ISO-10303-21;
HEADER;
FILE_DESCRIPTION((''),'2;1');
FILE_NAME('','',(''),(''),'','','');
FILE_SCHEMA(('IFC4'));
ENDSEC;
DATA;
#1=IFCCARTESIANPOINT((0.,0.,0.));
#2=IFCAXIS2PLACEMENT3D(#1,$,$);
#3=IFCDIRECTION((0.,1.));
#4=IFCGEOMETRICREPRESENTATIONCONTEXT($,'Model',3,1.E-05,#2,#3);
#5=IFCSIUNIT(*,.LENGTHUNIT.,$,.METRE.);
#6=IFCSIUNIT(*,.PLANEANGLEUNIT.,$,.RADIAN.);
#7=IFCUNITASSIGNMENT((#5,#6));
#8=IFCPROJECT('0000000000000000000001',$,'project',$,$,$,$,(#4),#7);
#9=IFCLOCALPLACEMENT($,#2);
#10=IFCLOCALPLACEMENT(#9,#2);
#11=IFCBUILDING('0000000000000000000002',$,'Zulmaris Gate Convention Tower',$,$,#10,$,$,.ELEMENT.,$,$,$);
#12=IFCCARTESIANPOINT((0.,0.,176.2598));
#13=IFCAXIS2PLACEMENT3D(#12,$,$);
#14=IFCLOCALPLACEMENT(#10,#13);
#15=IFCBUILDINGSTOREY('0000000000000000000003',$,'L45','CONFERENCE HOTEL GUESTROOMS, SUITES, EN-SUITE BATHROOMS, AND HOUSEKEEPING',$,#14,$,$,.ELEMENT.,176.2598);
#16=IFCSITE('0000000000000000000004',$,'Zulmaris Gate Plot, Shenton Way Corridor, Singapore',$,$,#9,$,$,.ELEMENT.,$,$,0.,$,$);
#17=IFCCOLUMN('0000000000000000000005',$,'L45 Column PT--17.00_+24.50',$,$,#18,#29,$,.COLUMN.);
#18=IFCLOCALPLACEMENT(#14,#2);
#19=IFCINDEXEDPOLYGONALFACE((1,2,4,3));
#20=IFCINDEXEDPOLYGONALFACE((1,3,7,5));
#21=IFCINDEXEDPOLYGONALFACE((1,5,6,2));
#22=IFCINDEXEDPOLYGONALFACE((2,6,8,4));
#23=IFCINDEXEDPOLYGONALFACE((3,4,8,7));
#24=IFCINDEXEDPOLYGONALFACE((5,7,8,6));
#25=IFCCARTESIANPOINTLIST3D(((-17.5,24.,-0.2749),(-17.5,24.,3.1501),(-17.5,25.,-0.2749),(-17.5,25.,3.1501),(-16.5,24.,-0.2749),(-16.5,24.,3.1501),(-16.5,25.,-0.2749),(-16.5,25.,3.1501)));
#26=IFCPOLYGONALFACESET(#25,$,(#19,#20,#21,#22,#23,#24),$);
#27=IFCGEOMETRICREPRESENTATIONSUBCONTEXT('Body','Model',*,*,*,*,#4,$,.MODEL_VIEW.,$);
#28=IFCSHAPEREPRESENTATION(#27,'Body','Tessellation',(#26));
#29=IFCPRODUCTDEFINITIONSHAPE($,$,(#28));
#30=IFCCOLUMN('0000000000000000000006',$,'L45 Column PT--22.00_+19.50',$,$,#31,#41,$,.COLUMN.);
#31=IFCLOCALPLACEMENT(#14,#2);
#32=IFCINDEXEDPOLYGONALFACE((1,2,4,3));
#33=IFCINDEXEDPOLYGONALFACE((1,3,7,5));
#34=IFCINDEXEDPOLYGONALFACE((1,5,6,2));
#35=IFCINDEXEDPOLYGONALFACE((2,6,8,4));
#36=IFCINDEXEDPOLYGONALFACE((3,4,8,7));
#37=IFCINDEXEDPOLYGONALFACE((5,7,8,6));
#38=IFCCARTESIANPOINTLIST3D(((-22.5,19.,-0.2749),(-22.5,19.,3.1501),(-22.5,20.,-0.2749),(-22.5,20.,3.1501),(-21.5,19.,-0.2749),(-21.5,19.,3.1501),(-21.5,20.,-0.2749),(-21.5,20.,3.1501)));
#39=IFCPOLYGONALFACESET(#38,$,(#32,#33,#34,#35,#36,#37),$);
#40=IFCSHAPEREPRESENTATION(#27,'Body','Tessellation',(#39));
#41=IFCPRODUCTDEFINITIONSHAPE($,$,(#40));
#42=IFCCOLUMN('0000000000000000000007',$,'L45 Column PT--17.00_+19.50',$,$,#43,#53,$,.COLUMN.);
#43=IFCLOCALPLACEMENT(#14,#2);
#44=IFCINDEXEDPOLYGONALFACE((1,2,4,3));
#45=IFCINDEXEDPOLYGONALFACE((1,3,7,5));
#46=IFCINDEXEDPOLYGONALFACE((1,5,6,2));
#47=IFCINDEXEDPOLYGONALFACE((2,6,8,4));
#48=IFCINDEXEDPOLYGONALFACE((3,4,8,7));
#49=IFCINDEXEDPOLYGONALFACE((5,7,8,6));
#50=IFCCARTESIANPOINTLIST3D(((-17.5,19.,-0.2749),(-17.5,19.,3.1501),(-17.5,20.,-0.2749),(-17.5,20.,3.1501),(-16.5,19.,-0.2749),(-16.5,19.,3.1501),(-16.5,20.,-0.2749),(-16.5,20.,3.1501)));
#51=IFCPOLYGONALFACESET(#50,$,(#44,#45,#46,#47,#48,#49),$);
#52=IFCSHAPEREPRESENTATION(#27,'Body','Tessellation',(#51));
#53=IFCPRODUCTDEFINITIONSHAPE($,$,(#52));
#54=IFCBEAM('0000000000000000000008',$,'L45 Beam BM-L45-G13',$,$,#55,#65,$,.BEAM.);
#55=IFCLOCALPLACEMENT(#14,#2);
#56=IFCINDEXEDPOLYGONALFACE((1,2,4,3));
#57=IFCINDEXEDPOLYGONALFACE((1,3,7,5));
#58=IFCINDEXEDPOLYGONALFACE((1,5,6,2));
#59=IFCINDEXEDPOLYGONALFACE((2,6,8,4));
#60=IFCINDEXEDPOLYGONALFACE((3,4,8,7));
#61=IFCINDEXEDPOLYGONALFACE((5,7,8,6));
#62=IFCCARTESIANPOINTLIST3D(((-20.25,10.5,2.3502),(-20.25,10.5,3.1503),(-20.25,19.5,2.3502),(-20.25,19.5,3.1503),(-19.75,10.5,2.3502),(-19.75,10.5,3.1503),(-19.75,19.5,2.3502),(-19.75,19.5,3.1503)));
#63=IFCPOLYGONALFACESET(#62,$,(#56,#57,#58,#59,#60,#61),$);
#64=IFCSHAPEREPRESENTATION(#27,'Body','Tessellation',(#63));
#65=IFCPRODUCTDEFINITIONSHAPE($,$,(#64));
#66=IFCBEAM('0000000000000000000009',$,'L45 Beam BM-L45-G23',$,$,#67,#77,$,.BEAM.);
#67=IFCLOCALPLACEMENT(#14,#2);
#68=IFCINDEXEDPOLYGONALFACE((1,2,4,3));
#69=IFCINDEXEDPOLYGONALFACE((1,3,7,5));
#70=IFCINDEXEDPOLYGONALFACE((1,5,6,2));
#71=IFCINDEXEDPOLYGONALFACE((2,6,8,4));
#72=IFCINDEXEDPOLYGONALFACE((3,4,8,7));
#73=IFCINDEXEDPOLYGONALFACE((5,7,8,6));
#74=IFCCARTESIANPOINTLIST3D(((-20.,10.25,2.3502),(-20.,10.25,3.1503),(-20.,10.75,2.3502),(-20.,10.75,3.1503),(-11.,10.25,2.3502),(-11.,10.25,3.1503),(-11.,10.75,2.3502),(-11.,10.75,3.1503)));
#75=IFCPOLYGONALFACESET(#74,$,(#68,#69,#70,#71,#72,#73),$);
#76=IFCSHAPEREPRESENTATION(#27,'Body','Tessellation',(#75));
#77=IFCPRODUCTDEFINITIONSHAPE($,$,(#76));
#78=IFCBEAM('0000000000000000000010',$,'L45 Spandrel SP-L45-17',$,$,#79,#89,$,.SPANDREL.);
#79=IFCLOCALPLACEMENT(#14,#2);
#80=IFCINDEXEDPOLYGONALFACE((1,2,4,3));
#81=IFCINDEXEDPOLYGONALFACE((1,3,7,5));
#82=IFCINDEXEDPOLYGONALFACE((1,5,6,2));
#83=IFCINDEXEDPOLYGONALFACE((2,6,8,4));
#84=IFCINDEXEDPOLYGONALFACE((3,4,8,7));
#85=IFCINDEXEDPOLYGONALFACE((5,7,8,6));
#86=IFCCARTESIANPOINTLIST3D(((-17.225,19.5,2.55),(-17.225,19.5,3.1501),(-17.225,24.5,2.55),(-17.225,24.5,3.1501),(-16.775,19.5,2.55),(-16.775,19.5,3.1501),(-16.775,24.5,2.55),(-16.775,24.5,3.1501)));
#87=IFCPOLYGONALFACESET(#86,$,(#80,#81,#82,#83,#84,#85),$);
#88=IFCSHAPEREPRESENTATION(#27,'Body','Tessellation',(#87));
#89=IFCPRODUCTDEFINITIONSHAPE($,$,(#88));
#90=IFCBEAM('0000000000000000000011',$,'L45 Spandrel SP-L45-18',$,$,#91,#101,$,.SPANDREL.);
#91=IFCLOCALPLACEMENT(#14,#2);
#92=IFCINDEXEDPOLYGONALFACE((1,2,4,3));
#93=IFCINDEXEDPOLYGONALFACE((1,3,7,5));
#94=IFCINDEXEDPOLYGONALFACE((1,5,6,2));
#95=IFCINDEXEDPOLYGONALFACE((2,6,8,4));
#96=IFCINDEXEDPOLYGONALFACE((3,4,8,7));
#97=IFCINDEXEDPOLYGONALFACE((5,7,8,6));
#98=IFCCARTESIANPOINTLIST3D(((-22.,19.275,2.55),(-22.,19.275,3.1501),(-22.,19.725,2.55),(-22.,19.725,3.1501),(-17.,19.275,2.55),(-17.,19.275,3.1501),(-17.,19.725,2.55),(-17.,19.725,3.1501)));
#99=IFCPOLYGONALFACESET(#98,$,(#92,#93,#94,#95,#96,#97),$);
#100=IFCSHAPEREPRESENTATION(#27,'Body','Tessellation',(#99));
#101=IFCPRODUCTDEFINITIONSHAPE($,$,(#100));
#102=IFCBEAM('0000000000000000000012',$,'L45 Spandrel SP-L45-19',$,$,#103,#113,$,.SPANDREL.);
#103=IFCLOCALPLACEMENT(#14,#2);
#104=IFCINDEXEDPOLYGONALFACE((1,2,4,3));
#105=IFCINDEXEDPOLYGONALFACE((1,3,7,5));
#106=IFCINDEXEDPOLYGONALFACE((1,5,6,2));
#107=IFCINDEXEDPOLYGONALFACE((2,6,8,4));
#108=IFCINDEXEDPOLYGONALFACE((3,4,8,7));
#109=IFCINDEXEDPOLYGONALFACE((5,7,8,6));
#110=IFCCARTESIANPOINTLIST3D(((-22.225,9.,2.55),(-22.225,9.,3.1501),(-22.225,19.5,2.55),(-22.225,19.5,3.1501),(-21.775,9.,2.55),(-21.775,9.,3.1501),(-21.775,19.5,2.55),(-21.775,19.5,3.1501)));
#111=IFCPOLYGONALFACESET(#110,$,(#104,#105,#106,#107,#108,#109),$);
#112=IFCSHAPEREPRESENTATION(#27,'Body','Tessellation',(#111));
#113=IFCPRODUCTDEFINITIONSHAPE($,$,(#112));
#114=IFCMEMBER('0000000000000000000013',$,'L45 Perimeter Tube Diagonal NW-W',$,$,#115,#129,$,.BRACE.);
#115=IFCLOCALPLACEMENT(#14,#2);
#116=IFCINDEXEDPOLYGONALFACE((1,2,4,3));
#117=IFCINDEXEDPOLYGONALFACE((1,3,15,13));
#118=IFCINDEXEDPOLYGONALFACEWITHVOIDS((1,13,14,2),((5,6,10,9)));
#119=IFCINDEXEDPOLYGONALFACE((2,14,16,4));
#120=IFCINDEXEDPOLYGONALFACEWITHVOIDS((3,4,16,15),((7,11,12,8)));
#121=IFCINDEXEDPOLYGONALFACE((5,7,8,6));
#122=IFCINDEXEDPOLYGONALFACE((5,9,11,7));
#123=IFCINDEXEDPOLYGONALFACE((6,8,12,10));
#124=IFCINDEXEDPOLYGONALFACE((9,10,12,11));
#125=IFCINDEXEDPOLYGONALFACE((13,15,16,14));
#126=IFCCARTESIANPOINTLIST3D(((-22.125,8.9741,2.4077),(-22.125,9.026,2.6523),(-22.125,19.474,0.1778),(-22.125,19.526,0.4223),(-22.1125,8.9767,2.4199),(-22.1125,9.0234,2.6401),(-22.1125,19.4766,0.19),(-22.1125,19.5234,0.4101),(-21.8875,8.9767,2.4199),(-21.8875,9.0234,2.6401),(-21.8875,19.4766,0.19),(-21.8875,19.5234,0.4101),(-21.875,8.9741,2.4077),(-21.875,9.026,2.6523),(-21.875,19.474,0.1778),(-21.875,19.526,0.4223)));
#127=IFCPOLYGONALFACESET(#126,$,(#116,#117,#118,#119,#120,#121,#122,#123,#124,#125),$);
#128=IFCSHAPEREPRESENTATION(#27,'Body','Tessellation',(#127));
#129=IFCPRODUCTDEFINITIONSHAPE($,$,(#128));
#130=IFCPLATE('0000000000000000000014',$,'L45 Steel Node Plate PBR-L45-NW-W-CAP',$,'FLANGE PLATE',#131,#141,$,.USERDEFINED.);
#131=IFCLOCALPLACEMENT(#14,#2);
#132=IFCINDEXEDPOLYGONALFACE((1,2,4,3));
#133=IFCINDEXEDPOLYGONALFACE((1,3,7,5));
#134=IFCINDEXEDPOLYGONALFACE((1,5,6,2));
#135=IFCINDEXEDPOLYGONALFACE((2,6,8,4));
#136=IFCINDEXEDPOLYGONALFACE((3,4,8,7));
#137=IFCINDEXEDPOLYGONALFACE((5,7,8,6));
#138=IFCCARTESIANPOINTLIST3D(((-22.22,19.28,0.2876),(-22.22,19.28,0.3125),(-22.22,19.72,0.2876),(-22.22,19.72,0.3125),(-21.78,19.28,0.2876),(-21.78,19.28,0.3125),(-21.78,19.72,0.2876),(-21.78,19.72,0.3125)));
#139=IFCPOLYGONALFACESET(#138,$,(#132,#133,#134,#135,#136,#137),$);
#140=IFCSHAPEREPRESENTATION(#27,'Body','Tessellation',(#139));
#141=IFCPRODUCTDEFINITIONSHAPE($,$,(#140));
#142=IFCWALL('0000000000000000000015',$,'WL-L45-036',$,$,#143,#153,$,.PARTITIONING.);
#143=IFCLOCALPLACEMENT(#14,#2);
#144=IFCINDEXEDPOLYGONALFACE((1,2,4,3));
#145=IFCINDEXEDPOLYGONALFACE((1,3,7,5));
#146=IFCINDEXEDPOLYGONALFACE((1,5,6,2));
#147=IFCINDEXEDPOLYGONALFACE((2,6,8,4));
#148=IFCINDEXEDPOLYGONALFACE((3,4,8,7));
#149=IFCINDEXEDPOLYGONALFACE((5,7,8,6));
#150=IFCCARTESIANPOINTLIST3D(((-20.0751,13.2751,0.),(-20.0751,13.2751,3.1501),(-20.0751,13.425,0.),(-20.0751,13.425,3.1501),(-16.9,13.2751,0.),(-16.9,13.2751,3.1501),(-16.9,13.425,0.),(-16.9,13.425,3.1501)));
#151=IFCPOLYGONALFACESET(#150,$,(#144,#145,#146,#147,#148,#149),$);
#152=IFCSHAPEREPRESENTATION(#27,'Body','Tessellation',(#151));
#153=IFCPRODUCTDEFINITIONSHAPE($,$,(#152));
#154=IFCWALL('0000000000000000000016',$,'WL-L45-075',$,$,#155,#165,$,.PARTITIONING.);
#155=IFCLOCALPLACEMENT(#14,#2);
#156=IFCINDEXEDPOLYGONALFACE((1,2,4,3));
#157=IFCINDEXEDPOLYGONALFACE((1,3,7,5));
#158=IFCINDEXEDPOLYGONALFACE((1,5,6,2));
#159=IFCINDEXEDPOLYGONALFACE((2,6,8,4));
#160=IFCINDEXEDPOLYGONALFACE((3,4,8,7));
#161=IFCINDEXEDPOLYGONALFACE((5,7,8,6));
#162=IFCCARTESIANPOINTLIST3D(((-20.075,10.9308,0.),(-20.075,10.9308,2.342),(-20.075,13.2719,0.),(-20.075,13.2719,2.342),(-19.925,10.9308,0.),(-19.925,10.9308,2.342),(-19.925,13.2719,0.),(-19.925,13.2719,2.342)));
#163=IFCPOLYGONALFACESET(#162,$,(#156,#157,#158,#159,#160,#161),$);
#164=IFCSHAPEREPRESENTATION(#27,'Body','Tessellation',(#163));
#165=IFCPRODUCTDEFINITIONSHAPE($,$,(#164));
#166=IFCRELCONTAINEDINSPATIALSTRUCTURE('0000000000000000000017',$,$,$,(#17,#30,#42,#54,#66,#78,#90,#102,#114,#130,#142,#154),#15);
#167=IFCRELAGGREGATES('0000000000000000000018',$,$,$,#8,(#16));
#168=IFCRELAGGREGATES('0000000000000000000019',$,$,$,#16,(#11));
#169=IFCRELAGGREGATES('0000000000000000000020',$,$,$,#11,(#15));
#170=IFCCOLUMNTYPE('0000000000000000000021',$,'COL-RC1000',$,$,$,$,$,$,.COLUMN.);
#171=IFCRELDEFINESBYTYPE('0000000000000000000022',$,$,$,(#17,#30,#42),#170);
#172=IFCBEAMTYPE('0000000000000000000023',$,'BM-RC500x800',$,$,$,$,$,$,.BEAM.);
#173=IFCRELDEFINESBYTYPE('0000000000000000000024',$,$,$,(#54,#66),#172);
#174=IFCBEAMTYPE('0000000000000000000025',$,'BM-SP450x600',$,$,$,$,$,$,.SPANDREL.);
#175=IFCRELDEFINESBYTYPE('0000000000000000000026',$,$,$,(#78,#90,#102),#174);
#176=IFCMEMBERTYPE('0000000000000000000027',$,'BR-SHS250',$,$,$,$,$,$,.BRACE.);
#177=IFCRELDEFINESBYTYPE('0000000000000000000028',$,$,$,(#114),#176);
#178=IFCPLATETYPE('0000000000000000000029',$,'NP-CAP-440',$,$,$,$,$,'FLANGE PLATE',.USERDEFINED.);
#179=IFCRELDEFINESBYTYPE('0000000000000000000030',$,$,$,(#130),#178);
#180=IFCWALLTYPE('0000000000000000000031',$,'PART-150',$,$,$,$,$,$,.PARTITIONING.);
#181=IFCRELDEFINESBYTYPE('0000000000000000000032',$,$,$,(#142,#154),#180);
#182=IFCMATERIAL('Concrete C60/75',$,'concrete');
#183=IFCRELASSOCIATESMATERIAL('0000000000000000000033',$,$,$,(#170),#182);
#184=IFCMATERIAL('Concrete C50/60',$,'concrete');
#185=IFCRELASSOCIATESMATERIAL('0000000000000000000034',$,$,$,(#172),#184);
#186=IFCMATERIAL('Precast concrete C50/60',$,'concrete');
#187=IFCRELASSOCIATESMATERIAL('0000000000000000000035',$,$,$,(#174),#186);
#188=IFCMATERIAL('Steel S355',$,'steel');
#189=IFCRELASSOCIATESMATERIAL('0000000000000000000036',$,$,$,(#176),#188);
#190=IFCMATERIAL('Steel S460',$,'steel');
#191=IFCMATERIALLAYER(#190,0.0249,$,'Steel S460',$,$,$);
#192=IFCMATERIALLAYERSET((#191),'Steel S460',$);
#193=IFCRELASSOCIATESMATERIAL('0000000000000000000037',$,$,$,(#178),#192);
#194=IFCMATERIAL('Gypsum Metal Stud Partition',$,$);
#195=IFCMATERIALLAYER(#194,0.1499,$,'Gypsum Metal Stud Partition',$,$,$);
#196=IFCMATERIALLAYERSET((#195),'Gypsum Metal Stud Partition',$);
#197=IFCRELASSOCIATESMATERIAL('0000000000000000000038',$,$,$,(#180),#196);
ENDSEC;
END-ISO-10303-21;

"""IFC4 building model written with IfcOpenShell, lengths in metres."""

from ifc_helpers import new_model, si_unit, direction, frame, frame_2d, origin, origin_2d, place, context, subcontext, project, spatial, rectangle, hollow_rectangle, extrude, material, layer, layer_set, material_profile, profile_set, type_object, element, save


model = new_model("IFC4")

# Units and contexts
model_context = context("Model", 3, precision=1e-05, world=origin(), true_north=direction((0.0, 1.0)))
body_context = subcontext(model_context, "Body", "Model", "MODEL_VIEW")
ifc_project = project(units=[si_unit("LENGTHUNIT", "METRE"), si_unit("PLANEANGLEUNIT", "RADIAN")], contexts=[model_context])

# Site, building, storey
site_placement = place(None, origin())
site = spatial("IfcSite", under=ifc_project, at=site_placement, Name="Zulmaris Gate Plot, Shenton Way Corridor, Singapore", CompositionType="ELEMENT", RefElevation=0.0)
building_placement = place(site_placement, origin())
building = spatial("IfcBuilding", under=site, at=building_placement, Name="Zulmaris Gate Convention Tower", CompositionType="ELEMENT")
storey_placement = place(building_placement, frame((0.0, 0.0, 176.2598)))
storey = spatial("IfcBuildingStorey", under=building, at=storey_placement, Name="L45", Description="CONFERENCE HOTEL GUESTROOMS, SUITES, EN-SUITE BATHROOMS, AND HOUSEKEEPING", CompositionType="ELEMENT", Elevation=176.2598)

# Columns
ifc_material_1 = material(Name="Concrete C60/75", Category="concrete")
ifc_material_profile_1 = material_profile(ifc_material_1, rectangle(XDim=1.0, YDim=1.0, at=origin_2d()), Name="RC COL 1000x1000")
ifc_profile_set_1 = profile_set([ifc_material_profile_1], Name="Concrete C60/75")
column_type = type_object("IfcColumnType", Name="COL-RC1000", PredefinedType="COLUMN", material=ifc_profile_set_1)
for number, where, z_axis, x_axis, name in (
    (1, (-17.0, 24.5, -0.2749), (0.0, 0.0, 1.0), (1.0, 0.0, 0.0), "L45 Column PT--17.00_+24.50"),
    (2, (-22.0, 19.5, -0.2749), (0.0, 0.0, 1.0), (1.0, 0.0, 0.0), "L45 Column PT--22.00_+19.50"),
    (3, (-17.0, 19.5, -0.2749), (0.0, 0.0, 1.0), (1.0, 0.0, 0.0), "L45 Column PT--17.00_+19.50"),
):
    element("IfcColumn", number, at=place(storey_placement, frame(where, z_axis=z_axis, x_axis=x_axis)), inside=storey, type_object=column_type, Name=name, PredefinedType="COLUMN", context=body_context, shape_type="SweptSolid", body=[
        extrude(rectangle(XDim=1.0, YDim=1.0, at=origin_2d()), origin(), (0.0, 0.0, 1.0), 3.425),
    ])

# Beams
ifc_material_2 = material(Name="Concrete C50/60", Category="concrete")
ifc_material_profile_2 = material_profile(ifc_material_2, rectangle(XDim=0.5, YDim=0.8, at=origin_2d()), Name="RC BEAM 500x800")
ifc_profile_set_2 = profile_set([ifc_material_profile_2], Name="Concrete C50/60")
beam_type_1 = type_object("IfcBeamType", Name="BM-RC500x800", PredefinedType="BEAM", material=ifc_profile_set_2)
for number, where, z_axis, x_axis, name in (
    (4, (-20.0, 10.5, 2.7502), (0.0, 1.0, 0.0), (-1.0, 0.0, 0.0), "L45 Beam BM-L45-G13"),
    (5, (-20.0, 10.5, 2.7502), (1.0, 0.0, 0.0), (0.0, 1.0, 0.0), "L45 Beam BM-L45-G23"),
):
    element("IfcBeam", number, at=place(storey_placement, frame(where, z_axis=z_axis, x_axis=x_axis)), inside=storey, type_object=beam_type_1, Name=name, PredefinedType="BEAM", context=body_context, shape_type="SweptSolid", body=[
        extrude(rectangle(XDim=0.5, YDim=0.8, at=origin_2d()), origin(), (0.0, 0.0, 1.0), 9.0),
    ])
ifc_material_3 = material(Name="Precast concrete C50/60", Category="concrete")
ifc_material_profile_3 = material_profile(ifc_material_3, rectangle(XDim=0.45, YDim=0.6001, at=origin_2d()), Name="RC SPANDREL 450x600")
ifc_profile_set_3 = profile_set([ifc_material_profile_3], Name="Precast concrete C50/60")
beam_type_2 = type_object("IfcBeamType", Name="BM-SP450x600", PredefinedType="SPANDREL", material=ifc_profile_set_3)
for number, where, z_axis, x_axis, name in (
    (6, (-17.0, 24.5, 2.8501), (0.0, -1.0, 0.0), (1.0, 0.0, 0.0), "L45 Spandrel SP-L45-17"),
    (7, (-17.0, 19.5, 2.8501), (-1.0, 0.0, 0.0), (0.0, -1.0, 0.0), "L45 Spandrel SP-L45-18"),
):
    element("IfcBeam", number, at=place(storey_placement, frame(where, z_axis=z_axis, x_axis=x_axis)), inside=storey, type_object=beam_type_2, Name=name, PredefinedType="SPANDREL", context=body_context, shape_type="SweptSolid", body=[
        extrude(rectangle(XDim=0.45, YDim=0.6001, at=origin_2d()), origin(), (0.0, 0.0, 1.0), 5.0),
    ])
beam_placement = place(storey_placement, frame((-22.0, 19.5, 2.8501), z_axis=(0.0, -1.0, 0.0), x_axis=(1.0, 0.0, 0.0)))
element("IfcBeam", 8, at=beam_placement, inside=storey, type_object=beam_type_2, Name="L45 Spandrel SP-L45-19", PredefinedType="SPANDREL", context=body_context, shape_type="SweptSolid", body=[
    extrude(rectangle(XDim=0.45, YDim=0.6001, at=origin_2d()), origin(), (0.0, 0.0, 1.0), 10.5),
])

# Member
ifc_material_4 = material(Name="Steel S355", Category="steel")
ifc_material_profile_4 = material_profile(ifc_material_4, hollow_rectangle(XDim=0.25, YDim=0.25, WallThickness=0.0125, at=origin_2d()), Name="SHS 250x250x12.5")
ifc_profile_set_4 = profile_set([ifc_material_profile_4], Name="Steel S355")
member_type = type_object("IfcMemberType", Name="BR-SHS250", PredefinedType="BRACE", material=ifc_profile_set_4)
member_placement = place(storey_placement, frame((-22.0, 19.5, 0.3), z_axis=(0.0, -0.978183, 0.207746), x_axis=(1.0, 0.0, 0.0)))
element("IfcMember", 9, at=member_placement, inside=storey, type_object=member_type, Name="L45 Perimeter Tube Diagonal NW-W", PredefinedType="BRACE", context=body_context, shape_type="SweptSolid", body=[
    extrude(hollow_rectangle(XDim=0.25, YDim=0.25, WallThickness=0.0125, at=origin_2d()), origin(), (0.0, 0.0, 1.0), 10.7341),
])

# Plate
ifc_material_5 = material(Name="Steel S460", Category="steel")
ifc_layer_1 = layer(ifc_material_5, 0.0249, Name="Steel S460")
ifc_layer_set_1 = layer_set([ifc_layer_1], Name="Steel S460")
plate_type = type_object("IfcPlateType", Name="NP-CAP-440", ElementType="FLANGE PLATE", PredefinedType="USERDEFINED", material=ifc_layer_set_1)
plate_placement = place(storey_placement, frame((-22.0, 19.5, 0.2876), z_axis=(0.0, 0.0, 1.0), x_axis=(1.0, 0.0, 0.0)))
element("IfcPlate", 10, at=plate_placement, inside=storey, type_object=plate_type, Name="L45 Steel Node Plate PBR-L45-NW-W-CAP", ObjectType="FLANGE PLATE", PredefinedType="USERDEFINED", context=body_context, shape_type="SweptSolid", body=[
    extrude(rectangle(XDim=0.4399, YDim=0.4399, at=origin_2d()), origin(), (0.0, 0.0, 1.0), 0.0249),
])

# Walls
ifc_material_6 = material(Name="Gypsum Metal Stud Partition")
ifc_layer_2 = layer(ifc_material_6, 0.1499, Name="Gypsum Metal Stud Partition")
ifc_layer_set_2 = layer_set([ifc_layer_2], Name="Gypsum Metal Stud Partition")
wall_type_1 = type_object("IfcWallType", Name="PART-150", PredefinedType="PARTITIONING", material=ifc_layer_set_2)
wall_1_placement = place(storey_placement, frame((-20.075, 13.3501, 0.0), z_axis=(0.0, 0.0, 1.0), x_axis=(1.0, 0.0, 0.0)))
element("IfcWall", 11, at=wall_1_placement, inside=storey, type_object=wall_type_1, Name="WL-L45-036", PredefinedType="PARTITIONING", context=body_context, shape_type="SweptSolid", body=[
    extrude(rectangle(XDim=3.175, YDim=0.1499, at=frame_2d((1.5874, 0.0))), origin(), (0.0, 0.0, 1.0), 3.1501),
])
wall_2_placement = place(storey_placement, frame((-20.0, 10.9309, 0.0), z_axis=(0.0, 0.0, 1.0), x_axis=(0.0, 1.0, 0.0)))
element("IfcWall", 12, at=wall_2_placement, inside=storey, type_object=wall_type_1, Name="WL-L45-075", PredefinedType="PARTITIONING", context=body_context, shape_type="SweptSolid", body=[
    extrude(rectangle(XDim=2.3411, YDim=0.1499, at=frame_2d((1.1704, 0.0))), origin(), (0.0, 0.0, 1.0), 2.342),
])

save(model, "model.ifc")
